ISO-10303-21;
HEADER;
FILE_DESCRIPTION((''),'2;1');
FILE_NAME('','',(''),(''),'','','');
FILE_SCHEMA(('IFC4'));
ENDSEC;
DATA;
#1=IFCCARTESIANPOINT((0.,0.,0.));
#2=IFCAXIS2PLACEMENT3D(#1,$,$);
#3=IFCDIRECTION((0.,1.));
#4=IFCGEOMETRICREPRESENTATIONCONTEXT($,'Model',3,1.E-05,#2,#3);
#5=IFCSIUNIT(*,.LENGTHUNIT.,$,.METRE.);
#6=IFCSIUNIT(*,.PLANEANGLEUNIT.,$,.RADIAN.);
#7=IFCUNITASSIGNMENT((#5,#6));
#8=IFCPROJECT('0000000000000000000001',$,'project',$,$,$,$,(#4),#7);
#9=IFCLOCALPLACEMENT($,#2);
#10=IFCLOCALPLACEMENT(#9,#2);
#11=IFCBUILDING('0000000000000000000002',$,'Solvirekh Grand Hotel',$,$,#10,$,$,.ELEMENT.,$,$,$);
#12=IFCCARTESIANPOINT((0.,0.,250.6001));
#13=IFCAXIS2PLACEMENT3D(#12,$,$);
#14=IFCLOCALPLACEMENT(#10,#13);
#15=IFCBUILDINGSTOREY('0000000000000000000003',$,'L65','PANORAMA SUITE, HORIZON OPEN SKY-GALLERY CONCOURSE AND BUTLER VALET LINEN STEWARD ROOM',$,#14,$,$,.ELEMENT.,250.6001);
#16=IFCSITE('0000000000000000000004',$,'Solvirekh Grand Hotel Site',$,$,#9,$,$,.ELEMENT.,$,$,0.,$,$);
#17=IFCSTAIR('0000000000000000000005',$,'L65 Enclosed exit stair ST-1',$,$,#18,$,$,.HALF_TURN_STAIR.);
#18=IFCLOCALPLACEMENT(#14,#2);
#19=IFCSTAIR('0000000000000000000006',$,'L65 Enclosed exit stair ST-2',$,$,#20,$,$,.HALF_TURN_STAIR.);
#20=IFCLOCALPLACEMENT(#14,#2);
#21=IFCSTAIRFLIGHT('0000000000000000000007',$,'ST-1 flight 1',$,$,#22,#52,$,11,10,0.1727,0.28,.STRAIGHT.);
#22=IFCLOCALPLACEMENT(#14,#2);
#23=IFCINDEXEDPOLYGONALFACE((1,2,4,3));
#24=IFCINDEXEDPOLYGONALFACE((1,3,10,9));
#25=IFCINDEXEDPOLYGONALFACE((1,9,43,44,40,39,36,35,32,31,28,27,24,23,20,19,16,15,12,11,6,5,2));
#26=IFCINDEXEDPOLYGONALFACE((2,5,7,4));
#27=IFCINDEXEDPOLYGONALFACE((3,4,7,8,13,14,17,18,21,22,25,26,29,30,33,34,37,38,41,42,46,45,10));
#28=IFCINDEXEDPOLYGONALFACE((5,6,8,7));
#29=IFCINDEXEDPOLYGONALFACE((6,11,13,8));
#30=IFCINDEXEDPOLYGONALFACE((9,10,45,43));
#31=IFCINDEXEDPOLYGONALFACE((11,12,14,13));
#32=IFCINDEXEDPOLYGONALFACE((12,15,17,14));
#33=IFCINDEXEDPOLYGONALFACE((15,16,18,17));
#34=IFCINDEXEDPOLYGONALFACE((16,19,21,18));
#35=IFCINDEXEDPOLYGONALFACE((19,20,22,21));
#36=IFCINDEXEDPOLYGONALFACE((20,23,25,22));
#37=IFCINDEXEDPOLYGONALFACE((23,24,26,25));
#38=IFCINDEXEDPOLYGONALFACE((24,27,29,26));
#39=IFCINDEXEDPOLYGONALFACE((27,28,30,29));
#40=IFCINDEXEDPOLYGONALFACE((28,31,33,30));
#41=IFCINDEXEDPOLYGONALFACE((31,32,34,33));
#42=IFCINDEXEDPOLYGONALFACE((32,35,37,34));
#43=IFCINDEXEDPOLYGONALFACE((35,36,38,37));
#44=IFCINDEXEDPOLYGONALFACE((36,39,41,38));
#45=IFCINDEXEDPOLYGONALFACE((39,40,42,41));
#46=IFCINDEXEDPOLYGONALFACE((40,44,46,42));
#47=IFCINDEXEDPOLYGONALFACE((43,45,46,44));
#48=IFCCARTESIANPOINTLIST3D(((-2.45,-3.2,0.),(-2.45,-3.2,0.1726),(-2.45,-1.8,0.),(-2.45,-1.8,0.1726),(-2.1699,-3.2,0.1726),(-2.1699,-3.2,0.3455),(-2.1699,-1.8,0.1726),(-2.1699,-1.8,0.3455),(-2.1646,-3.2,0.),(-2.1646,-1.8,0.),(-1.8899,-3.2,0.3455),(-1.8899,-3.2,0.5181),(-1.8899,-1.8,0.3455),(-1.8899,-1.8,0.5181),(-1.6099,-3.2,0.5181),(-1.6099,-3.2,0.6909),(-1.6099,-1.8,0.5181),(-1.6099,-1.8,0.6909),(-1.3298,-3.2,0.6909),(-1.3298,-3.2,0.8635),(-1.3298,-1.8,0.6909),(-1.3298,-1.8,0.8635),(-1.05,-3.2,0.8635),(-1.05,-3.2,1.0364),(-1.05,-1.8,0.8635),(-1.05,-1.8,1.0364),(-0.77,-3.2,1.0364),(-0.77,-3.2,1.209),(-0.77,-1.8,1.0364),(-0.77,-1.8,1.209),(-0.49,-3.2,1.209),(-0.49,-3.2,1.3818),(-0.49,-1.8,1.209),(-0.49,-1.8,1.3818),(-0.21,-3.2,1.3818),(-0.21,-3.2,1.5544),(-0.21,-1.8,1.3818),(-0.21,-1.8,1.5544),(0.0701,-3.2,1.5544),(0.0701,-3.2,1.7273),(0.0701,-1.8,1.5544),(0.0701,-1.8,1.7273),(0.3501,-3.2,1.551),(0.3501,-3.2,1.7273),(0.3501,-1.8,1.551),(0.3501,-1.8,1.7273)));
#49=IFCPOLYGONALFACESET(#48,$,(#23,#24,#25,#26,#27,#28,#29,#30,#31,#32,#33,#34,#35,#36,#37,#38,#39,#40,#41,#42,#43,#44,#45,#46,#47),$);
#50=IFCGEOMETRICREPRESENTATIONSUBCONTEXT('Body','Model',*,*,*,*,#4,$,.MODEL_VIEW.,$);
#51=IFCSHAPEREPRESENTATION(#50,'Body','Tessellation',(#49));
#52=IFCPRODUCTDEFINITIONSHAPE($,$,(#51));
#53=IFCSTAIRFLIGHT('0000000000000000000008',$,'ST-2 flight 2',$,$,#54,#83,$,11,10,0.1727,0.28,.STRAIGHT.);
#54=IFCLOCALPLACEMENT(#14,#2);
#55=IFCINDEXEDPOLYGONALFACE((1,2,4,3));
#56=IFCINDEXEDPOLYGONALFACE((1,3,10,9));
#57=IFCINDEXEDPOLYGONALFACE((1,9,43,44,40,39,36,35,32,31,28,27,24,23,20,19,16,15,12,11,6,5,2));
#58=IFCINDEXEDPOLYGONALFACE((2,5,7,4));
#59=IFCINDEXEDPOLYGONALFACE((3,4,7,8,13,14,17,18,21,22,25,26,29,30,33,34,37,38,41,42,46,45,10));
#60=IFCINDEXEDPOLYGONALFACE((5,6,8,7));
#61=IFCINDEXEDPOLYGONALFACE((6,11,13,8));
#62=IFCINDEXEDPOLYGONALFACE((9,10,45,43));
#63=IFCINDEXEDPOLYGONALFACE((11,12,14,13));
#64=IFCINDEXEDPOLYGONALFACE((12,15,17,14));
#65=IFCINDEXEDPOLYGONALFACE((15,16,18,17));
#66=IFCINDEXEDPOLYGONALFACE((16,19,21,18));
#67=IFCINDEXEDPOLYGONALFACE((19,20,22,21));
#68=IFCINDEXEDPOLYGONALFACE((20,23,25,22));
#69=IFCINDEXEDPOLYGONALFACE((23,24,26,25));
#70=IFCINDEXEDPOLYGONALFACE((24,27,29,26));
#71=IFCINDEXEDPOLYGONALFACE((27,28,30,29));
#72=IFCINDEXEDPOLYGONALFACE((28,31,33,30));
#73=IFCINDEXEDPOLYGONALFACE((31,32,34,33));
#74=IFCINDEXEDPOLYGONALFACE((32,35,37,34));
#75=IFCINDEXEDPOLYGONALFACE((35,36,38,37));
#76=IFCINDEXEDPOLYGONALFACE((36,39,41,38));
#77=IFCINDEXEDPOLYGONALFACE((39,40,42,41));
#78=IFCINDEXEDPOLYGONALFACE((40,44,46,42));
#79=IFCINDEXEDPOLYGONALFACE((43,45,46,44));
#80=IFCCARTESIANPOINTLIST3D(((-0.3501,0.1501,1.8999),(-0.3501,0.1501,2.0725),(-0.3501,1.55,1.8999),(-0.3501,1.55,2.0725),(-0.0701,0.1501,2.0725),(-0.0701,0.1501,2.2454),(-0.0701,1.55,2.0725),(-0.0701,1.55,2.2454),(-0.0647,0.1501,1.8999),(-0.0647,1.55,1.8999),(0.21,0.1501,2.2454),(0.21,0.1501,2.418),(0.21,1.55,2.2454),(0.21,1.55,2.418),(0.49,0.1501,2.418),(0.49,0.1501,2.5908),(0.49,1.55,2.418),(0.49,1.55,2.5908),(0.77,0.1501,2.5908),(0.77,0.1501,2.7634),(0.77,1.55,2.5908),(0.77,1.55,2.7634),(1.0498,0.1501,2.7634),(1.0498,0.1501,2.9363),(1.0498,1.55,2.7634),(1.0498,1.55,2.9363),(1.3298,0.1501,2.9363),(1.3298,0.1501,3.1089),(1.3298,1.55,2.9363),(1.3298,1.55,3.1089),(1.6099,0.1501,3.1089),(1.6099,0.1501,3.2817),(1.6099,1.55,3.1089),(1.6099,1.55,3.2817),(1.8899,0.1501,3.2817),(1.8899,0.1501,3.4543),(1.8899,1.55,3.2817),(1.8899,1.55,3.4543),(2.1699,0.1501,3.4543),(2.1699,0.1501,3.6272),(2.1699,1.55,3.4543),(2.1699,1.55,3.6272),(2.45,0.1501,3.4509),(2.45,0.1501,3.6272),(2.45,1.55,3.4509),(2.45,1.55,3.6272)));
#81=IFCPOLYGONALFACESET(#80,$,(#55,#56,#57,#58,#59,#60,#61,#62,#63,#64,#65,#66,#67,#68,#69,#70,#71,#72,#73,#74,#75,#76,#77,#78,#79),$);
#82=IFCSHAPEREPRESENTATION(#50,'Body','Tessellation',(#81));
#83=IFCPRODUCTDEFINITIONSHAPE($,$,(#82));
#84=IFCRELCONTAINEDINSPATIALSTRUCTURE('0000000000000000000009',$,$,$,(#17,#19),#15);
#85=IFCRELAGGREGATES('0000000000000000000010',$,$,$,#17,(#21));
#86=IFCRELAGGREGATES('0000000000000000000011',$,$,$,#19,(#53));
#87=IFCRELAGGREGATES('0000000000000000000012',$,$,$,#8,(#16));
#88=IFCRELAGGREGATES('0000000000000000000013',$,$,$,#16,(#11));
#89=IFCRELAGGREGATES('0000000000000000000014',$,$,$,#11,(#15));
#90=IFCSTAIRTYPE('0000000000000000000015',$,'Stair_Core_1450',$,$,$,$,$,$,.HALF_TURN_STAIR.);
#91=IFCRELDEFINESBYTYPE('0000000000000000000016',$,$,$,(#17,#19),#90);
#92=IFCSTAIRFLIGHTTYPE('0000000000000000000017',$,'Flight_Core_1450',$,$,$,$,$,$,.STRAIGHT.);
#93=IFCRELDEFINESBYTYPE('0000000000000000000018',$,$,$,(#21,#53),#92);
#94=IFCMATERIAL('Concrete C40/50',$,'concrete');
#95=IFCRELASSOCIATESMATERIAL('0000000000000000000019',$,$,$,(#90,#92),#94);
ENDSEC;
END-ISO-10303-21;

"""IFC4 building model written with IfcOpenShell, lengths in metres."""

from ifc_helpers import new_model, si_unit, direction, frame, origin, place, context, subcontext, project, spatial, polyline, outline, extrude, material, type_object, element, aggregate, save


model = new_model("IFC4")

# Units and contexts
model_context = context("Model", 3, precision=1e-05, world=origin(), true_north=direction((0.0, 1.0)))
body_context = subcontext(model_context, "Body", "Model", "MODEL_VIEW")
ifc_project = project(units=[si_unit("LENGTHUNIT", "METRE"), si_unit("PLANEANGLEUNIT", "RADIAN")], contexts=[model_context])

# Site, building, storey
site_placement = place(None, origin())
site = spatial("IfcSite", under=ifc_project, at=site_placement, Name="Solvirekh Grand Hotel Site", CompositionType="ELEMENT", RefElevation=0.0)
building_placement = place(site_placement, origin())
building = spatial("IfcBuilding", under=site, at=building_placement, Name="Solvirekh Grand Hotel", CompositionType="ELEMENT")
storey_placement = place(building_placement, frame((0.0, 0.0, 250.6001)))
storey = spatial("IfcBuildingStorey", under=building, at=storey_placement, Name="L65", Description="PANORAMA SUITE, HORIZON OPEN SKY-GALLERY CONCOURSE AND BUTLER VALET LINEN STEWARD ROOM", CompositionType="ELEMENT", Elevation=250.6001)

# Stairs
ifc_material_1 = material(Name="Concrete C40/50", Category="concrete")
stair_type = type_object("IfcStairType", Name="Stair_Core_1450", PredefinedType="HALF_TURN_STAIR", material=ifc_material_1)
stair_1_placement = place(storey_placement, origin())
stair_1 = element("IfcStair", 1, at=stair_1_placement, inside=storey, type_object=stair_type, Name="L65 Enclosed exit stair ST-1", PredefinedType="HALF_TURN_STAIR")
stair_2_placement = place(storey_placement, origin())
stair_2 = element("IfcStair", 2, at=stair_2_placement, inside=storey, type_object=stair_type, Name="L65 Enclosed exit stair ST-2", PredefinedType="HALF_TURN_STAIR")

# Stair flights
stair_flight_type = type_object("IfcStairFlightType", Name="Flight_Core_1450", PredefinedType="STRAIGHT", material=ifc_material_1)
stair_flight_1_placement = place(storey_placement, frame((-2.45, -2.5, 0.0), z_axis=(0.0, 0.0, 1.0), x_axis=(1.0, 0.0, 0.0)))
stair_flight_1 = element("IfcStairFlight", 3, at=stair_flight_1_placement, type_object=stair_flight_type, Name="ST-1 flight 1", NumberOfRisers=11, NumberOfTreads=10, PredefinedType="STRAIGHT", RiserHeight=0.1727, TreadLength=0.28, context=body_context, shape_type="SweptSolid", body=[
    extrude(outline(polyline([(0.0, 0.0), (0.0, 0.1726), (0.28, 0.1726), (0.28, 0.3455), (0.5601, 0.3455), (0.5601, 0.5181), (0.8401, 0.5181), (0.8401, 0.6909), (1.1201, 0.6909), (1.1201, 0.8635), (1.3999, 0.8635), (1.3999, 1.0364), (1.6799, 1.0364), (1.6799, 1.209), (1.96, 1.209), (1.96, 1.3818), (2.24, 1.3818), (2.24, 1.5544), (2.52, 1.5544), (2.52, 1.7273), (2.8, 1.7273), (2.8, 1.8999), (2.8, 1.551), (0.2854, 0.0), (0.0, 0.0)])), frame((0.0, 0.7, 0.0), z_axis=(0.0, -1.0, 0.0), x_axis=(1.0, 0.0, 0.0)), (0.0, 0.0, 1.0), 1.3999),
])
aggregate(stair_1, [stair_flight_1])
stair_flight_2_placement = place(storey_placement, frame((-0.3501, 0.8501, 1.8999), z_axis=(0.0, 0.0, 1.0), x_axis=(1.0, 0.0, 0.0)))
stair_flight_2 = element("IfcStairFlight", 4, at=stair_flight_2_placement, type_object=stair_flight_type, Name="ST-2 flight 2", NumberOfRisers=11, NumberOfTreads=10, PredefinedType="STRAIGHT", RiserHeight=0.1727, TreadLength=0.28, context=body_context, shape_type="SweptSolid", body=[
    extrude(outline(polyline([(0.0, 0.0), (0.0, 0.1726), (0.28, 0.1726), (0.28, 0.3455), (0.5601, 0.3455), (0.5601, 0.5181), (0.8401, 0.5181), (0.8401, 0.6909), (1.1201, 0.6909), (1.1201, 0.8635), (1.3999, 0.8635), (1.3999, 1.0364), (1.6799, 1.0364), (1.6799, 1.209), (1.96, 1.209), (1.96, 1.3818), (2.24, 1.3818), (2.24, 1.5544), (2.52, 1.5544), (2.52, 1.7273), (2.8, 1.7273), (2.8, 1.8999), (2.8, 1.551), (0.2854, 0.0), (0.0, 0.0)])), frame((0.0, 0.7, 0.0), z_axis=(0.0, -1.0, 0.0), x_axis=(1.0, 0.0, 0.0)), (0.0, 0.0, 1.0), 1.3999),
])
aggregate(stair_2, [stair_flight_2])

save(model, "model.ifc")
